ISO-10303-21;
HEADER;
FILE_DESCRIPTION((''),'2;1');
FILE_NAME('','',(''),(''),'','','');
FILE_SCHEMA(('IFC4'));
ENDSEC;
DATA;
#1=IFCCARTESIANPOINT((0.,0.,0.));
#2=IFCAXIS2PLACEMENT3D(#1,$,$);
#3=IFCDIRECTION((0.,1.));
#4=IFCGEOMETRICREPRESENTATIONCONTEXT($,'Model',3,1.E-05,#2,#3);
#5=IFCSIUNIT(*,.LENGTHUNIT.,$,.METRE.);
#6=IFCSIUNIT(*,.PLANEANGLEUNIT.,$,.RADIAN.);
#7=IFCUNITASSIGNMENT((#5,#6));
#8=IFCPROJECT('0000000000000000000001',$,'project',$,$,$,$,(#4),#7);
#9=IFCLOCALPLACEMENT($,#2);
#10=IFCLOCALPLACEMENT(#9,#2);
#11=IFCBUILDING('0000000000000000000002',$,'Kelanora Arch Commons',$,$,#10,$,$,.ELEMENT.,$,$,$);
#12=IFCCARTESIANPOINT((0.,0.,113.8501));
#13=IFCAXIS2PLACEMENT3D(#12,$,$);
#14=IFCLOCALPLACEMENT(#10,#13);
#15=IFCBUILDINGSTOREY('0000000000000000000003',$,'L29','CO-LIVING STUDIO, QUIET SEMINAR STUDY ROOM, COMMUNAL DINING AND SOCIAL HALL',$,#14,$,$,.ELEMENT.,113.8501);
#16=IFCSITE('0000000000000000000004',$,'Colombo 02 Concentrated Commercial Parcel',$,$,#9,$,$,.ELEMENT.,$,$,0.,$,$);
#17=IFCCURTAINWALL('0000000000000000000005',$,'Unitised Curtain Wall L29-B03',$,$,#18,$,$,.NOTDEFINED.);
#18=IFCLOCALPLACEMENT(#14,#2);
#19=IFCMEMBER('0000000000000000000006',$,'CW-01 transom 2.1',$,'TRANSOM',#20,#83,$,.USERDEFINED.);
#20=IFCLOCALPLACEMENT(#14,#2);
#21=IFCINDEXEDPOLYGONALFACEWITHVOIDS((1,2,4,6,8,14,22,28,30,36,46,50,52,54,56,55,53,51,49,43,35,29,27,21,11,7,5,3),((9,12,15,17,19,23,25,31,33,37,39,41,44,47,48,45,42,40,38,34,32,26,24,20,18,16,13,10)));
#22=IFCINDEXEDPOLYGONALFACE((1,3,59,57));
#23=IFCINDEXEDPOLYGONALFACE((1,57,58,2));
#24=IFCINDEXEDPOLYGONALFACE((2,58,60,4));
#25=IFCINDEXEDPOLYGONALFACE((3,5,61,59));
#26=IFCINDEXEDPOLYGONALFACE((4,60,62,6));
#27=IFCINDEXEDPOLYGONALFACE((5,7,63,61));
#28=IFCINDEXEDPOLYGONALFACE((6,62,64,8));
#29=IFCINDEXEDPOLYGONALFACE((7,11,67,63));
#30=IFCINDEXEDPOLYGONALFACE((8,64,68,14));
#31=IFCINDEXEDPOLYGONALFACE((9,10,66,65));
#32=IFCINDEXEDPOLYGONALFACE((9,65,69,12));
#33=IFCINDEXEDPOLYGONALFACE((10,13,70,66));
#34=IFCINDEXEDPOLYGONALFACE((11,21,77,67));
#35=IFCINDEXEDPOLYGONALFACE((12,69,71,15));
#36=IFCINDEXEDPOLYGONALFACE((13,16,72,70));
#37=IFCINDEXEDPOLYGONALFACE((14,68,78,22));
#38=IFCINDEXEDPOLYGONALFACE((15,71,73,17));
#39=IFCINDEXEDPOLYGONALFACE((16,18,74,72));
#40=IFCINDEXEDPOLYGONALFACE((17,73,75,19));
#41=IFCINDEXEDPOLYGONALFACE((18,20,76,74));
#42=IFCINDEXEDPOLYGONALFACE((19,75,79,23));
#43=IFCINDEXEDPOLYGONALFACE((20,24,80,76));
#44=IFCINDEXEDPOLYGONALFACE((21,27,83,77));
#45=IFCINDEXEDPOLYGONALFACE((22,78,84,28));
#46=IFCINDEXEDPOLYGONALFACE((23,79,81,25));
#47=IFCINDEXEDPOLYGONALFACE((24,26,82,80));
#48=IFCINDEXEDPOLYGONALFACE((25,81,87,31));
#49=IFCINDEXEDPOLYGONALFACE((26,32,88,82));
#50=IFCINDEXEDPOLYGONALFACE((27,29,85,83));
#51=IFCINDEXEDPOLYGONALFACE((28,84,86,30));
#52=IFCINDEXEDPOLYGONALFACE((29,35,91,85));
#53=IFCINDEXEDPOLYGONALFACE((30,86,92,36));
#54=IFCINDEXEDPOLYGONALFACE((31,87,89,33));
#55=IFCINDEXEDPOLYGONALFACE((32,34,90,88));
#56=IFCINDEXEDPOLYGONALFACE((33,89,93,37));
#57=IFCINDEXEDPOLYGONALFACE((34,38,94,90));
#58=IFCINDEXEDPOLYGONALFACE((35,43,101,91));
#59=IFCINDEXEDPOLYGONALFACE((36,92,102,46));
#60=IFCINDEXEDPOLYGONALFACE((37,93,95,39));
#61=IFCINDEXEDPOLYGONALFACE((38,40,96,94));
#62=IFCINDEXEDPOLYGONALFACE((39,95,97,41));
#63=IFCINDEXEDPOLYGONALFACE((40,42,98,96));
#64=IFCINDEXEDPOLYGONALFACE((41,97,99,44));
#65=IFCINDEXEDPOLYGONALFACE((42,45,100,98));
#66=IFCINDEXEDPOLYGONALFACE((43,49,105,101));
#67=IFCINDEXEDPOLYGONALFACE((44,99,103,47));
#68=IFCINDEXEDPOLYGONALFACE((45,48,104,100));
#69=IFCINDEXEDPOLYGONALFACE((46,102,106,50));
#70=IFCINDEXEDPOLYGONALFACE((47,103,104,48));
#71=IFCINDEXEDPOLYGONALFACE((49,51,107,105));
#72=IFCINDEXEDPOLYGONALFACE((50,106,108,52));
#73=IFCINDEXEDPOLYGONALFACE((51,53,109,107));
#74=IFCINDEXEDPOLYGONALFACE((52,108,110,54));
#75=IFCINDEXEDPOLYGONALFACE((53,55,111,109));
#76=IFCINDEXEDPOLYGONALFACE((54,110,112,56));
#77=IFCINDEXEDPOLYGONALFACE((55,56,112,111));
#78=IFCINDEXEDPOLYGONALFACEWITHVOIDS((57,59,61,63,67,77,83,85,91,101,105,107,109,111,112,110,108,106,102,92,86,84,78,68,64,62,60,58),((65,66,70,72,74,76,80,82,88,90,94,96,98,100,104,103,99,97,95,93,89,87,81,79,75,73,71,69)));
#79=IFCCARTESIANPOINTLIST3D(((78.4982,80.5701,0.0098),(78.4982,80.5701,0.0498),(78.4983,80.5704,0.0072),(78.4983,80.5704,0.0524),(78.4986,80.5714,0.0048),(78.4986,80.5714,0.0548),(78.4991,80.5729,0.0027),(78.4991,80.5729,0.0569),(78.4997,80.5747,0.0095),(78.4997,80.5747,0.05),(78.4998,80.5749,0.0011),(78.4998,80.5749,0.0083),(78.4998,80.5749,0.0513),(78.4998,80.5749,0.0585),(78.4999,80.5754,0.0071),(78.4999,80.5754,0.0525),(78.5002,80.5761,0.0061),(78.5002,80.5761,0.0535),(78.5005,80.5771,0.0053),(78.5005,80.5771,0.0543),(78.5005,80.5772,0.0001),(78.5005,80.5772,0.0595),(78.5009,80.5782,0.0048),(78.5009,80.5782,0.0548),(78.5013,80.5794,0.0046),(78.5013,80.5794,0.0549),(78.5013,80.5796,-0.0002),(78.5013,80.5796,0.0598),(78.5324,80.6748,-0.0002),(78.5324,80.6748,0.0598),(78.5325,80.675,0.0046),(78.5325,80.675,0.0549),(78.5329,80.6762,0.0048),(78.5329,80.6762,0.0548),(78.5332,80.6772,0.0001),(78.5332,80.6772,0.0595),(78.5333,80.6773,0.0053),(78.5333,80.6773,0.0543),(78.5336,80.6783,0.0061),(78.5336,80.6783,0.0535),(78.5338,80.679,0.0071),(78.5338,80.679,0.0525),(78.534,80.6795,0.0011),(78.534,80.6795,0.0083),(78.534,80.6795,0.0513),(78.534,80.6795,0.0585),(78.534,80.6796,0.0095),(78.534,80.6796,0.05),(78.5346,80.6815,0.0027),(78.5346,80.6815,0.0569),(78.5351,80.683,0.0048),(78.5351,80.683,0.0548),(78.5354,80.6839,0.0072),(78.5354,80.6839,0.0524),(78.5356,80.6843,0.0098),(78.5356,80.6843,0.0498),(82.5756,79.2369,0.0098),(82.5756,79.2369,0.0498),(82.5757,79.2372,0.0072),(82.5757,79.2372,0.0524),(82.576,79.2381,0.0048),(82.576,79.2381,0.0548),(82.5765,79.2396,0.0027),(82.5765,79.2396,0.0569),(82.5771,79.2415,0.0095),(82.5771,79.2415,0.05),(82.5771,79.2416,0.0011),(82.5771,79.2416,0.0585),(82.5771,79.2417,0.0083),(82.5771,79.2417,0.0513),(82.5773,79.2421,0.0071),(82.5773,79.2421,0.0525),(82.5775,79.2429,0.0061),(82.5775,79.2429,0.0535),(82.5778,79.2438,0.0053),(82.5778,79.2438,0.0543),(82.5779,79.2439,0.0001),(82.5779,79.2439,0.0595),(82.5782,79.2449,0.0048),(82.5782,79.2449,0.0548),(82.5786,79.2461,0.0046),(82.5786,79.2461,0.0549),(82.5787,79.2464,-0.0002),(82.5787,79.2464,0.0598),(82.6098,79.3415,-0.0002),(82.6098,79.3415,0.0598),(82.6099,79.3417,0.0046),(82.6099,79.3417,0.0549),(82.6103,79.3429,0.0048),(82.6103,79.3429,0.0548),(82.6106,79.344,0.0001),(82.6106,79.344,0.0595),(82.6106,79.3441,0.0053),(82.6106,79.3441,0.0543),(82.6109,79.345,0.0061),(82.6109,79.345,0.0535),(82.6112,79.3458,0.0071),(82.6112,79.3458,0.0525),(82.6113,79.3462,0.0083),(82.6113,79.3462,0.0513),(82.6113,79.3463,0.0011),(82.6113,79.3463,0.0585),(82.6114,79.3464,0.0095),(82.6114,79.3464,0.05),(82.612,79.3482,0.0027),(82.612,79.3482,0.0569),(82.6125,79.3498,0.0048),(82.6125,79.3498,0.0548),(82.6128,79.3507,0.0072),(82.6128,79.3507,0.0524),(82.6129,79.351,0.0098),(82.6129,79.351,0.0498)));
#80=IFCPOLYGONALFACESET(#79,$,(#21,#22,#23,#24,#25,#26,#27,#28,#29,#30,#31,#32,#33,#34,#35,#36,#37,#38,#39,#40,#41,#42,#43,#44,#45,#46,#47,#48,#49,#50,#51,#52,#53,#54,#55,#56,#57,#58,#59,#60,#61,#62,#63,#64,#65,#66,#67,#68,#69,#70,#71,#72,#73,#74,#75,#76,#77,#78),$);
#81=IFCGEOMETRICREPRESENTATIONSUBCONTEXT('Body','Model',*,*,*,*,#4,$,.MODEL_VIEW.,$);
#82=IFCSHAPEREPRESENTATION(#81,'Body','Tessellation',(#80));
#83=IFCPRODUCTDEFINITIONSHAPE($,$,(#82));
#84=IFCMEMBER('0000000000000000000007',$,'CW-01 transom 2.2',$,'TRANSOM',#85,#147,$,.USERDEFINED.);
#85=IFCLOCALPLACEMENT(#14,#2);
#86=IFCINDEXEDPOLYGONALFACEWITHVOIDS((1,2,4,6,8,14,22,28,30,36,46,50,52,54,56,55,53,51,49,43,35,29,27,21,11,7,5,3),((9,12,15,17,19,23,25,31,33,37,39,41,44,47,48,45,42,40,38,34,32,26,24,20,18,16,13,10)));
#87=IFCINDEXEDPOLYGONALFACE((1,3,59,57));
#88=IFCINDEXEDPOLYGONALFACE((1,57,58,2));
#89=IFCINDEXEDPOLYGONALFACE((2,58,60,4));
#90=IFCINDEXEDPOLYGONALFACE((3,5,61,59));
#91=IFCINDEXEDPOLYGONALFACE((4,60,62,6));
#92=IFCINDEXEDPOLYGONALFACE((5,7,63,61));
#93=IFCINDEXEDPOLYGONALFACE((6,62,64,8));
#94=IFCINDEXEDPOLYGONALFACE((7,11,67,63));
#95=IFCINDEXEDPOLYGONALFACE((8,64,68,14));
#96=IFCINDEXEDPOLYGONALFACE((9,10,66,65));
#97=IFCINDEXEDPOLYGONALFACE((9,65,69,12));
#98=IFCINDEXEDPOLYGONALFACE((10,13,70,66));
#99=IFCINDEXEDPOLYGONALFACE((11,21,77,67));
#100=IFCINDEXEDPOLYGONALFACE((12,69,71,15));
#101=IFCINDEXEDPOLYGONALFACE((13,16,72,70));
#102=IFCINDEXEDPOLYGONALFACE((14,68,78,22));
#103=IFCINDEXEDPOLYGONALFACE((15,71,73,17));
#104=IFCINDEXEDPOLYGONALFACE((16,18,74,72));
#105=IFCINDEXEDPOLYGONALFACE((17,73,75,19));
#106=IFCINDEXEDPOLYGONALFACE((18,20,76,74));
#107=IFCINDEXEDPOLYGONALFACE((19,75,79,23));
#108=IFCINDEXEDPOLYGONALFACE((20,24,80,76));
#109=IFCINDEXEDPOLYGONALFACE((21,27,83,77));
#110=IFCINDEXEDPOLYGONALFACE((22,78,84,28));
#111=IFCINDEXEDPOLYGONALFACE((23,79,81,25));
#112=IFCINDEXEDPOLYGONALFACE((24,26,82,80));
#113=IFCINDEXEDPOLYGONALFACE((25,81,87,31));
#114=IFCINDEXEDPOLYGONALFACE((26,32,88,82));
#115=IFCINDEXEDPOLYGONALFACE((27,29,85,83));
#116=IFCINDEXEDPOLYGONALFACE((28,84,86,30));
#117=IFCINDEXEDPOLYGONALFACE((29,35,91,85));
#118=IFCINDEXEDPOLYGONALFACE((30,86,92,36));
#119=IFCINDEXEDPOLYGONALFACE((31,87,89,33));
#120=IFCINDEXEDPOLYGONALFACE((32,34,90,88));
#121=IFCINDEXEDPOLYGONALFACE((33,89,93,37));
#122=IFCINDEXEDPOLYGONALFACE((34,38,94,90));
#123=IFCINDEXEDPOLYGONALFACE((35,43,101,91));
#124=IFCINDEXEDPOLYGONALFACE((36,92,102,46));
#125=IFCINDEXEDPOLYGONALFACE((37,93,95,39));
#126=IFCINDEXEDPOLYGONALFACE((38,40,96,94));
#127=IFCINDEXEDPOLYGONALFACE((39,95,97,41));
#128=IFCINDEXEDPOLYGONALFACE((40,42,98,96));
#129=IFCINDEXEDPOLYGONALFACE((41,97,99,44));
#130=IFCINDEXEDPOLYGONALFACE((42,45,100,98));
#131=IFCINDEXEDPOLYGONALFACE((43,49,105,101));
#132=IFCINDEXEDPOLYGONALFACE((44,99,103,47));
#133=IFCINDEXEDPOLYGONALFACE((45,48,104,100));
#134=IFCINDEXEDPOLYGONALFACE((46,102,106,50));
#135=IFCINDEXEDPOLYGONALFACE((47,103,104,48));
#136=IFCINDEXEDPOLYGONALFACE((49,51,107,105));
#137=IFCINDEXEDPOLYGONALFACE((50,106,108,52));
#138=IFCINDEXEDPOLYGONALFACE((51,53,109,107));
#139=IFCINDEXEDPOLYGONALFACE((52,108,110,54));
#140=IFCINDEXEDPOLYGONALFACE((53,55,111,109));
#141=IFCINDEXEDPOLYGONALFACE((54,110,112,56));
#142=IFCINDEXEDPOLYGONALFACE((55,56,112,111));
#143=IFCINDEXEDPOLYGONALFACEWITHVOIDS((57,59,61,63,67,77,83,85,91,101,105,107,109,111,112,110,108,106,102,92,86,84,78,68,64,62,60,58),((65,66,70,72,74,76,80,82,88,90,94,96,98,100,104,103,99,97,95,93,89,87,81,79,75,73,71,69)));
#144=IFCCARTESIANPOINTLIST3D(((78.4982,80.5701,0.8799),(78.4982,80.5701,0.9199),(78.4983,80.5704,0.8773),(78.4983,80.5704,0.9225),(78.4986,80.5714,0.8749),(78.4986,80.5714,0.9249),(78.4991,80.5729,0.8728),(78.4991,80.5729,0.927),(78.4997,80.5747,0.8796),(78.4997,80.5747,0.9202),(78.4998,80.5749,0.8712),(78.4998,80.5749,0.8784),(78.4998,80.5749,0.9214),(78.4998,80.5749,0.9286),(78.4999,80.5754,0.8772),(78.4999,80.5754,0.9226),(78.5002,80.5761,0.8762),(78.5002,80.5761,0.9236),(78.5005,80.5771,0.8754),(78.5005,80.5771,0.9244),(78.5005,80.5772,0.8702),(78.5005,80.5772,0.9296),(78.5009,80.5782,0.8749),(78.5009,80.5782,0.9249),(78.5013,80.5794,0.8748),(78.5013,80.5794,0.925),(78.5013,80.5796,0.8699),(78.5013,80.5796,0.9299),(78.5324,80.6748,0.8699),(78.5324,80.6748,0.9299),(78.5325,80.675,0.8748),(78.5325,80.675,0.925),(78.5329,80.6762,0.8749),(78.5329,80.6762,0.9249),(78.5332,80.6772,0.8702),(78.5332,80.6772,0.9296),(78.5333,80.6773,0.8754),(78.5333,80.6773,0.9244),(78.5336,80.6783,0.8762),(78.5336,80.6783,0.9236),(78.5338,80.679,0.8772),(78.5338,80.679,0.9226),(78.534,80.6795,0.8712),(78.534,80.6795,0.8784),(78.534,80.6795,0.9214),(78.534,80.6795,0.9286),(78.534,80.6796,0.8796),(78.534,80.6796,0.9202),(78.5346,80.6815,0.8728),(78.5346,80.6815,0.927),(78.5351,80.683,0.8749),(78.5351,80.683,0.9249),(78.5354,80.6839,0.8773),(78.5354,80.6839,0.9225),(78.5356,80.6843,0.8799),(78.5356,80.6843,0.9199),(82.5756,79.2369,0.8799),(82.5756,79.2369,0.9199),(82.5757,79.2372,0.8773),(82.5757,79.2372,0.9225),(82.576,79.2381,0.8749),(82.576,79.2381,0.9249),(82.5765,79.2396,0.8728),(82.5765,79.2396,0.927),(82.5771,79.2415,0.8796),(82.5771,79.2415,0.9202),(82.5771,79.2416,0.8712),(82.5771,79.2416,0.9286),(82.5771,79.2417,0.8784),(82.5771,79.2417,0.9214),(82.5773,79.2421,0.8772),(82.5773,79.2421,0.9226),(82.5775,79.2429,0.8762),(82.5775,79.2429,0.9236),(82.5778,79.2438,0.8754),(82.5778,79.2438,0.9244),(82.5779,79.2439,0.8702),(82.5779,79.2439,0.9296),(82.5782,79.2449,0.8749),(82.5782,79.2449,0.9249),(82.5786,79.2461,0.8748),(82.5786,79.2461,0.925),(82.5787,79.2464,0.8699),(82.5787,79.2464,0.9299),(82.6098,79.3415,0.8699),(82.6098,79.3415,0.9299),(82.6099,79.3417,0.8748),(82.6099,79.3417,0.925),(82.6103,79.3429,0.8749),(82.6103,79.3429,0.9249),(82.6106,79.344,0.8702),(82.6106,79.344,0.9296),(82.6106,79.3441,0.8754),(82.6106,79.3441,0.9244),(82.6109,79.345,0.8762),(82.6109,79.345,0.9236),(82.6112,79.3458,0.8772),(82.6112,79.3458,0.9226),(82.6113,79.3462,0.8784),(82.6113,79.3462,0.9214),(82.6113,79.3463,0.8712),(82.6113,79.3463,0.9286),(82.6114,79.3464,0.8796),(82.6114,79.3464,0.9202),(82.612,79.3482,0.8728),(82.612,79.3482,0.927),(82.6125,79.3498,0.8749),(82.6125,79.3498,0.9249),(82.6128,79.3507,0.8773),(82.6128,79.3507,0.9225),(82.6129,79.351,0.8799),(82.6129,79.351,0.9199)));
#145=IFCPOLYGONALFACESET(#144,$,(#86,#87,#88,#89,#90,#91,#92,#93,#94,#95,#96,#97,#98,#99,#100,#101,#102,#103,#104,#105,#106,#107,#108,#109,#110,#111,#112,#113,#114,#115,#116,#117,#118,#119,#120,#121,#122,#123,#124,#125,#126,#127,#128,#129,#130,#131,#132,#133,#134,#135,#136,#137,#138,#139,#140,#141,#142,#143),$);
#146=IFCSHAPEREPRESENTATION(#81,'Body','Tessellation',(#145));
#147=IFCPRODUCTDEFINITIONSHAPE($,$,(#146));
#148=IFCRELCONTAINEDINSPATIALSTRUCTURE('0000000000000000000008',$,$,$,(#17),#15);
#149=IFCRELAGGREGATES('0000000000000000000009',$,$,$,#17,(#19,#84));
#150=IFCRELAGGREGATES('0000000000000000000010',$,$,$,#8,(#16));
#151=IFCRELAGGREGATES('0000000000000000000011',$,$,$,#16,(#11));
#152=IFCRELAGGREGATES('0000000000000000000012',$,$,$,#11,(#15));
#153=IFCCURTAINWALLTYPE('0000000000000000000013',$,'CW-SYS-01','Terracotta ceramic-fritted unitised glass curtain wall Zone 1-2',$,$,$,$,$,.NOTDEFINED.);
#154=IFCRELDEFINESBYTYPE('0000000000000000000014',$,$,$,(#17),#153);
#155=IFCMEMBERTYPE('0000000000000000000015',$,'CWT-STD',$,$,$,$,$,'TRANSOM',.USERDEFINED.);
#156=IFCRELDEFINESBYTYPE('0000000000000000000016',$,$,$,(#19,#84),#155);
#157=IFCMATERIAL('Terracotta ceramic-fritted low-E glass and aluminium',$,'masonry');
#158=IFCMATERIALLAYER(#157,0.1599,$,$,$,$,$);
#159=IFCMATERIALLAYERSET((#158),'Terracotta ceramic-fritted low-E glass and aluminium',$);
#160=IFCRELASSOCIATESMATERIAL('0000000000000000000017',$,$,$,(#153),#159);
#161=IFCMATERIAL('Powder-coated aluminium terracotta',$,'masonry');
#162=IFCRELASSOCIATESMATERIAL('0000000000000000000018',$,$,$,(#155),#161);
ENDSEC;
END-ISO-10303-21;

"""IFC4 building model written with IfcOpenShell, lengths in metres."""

from ifc_helpers import new_model, si_unit, direction, frame, origin, origin_2d, place, context, subcontext, project, spatial, hollow_rectangle, extrude, material, layer, layer_set, material_profile, profile_set, type_object, element, aggregate, save


model = new_model("IFC4")

# Units and contexts
model_context = context("Model", 3, precision=1e-05, world=origin(), true_north=direction((0.0, 1.0)))
body_context = subcontext(model_context, "Body", "Model", "MODEL_VIEW")
ifc_project = project(units=[si_unit("LENGTHUNIT", "METRE"), si_unit("PLANEANGLEUNIT", "RADIAN")], contexts=[model_context])

# Site, building, storey
site_placement = place(None, origin())
site = spatial("IfcSite", under=ifc_project, at=site_placement, Name="Colombo 02 Concentrated Commercial Parcel", CompositionType="ELEMENT", RefElevation=0.0)
building_placement = place(site_placement, origin())
building = spatial("IfcBuilding", under=site, at=building_placement, Name="Kelanora Arch Commons", CompositionType="ELEMENT")
storey_placement = place(building_placement, frame((0.0, 0.0, 113.8501)))
storey = spatial("IfcBuildingStorey", under=building, at=storey_placement, Name="L29", Description="CO-LIVING STUDIO, QUIET SEMINAR STUDY ROOM, COMMUNAL DINING AND SOCIAL HALL", CompositionType="ELEMENT", Elevation=113.8501)

# Curtain wall, members
ifc_material_1 = material(Name="Terracotta ceramic-fritted low-E glass and aluminium", Category="masonry")
ifc_layer_1 = layer(ifc_material_1, 0.1599)
ifc_layer_set_1 = layer_set([ifc_layer_1], Name="Terracotta ceramic-fritted low-E glass and aluminium")
curtain_wall_type = type_object("IfcCurtainWallType", Name="CW-SYS-01", Description="Terracotta ceramic-fritted unitised glass curtain wall Zone 1-2", PredefinedType="NOTDEFINED", material=ifc_layer_set_1)
curtain_wall_placement = place(storey_placement, origin())
curtain_wall = element("IfcCurtainWall", 1, at=curtain_wall_placement, inside=storey, type_object=curtain_wall_type, Name="Unitised Curtain Wall L29-B03", PredefinedType="NOTDEFINED")
ifc_material_2 = material(Name="Powder-coated aluminium terracotta", Category="masonry")
ifc_material_profile_1 = material_profile(ifc_material_2, hollow_rectangle(XDim=0.1201, YDim=0.0601, WallThickness=0.0049, InnerFilletRadius=0.0049, OuterFilletRadius=0.01, at=origin_2d()), Name="CWT120x60")
ifc_profile_set_1 = profile_set([ifc_material_profile_1], Name="Powder-coated aluminium terracotta")
member_type_1 = type_object("IfcMemberType", Name="CWT-STD", ElementType="TRANSOM", PredefinedType="USERDEFINED", material=ifc_profile_set_1)
member_1_placement = place(storey_placement, frame((82.5942, 79.2939, 0.0298), z_axis=(-0.950478, 0.310793, 0.0), x_axis=(-0.310793, -0.950478, 0.0)))
member_1 = element("IfcMember", 2, at=member_1_placement, type_object=member_type_1, Name="CW-01 transom 2.1", ObjectType="TRANSOM", PredefinedType="USERDEFINED", context=body_context, shape_type="SweptSolid", body=[
    extrude(hollow_rectangle(XDim=0.1201, YDim=0.0601, WallThickness=0.0049, InnerFilletRadius=0.0049, OuterFilletRadius=0.01, at=origin_2d()), origin(), (0.0, 0.0, 1.0), 4.2898),
])
member_2_placement = place(storey_placement, frame((82.5942, 79.2939, 0.8999), z_axis=(-0.950478, 0.310793, 0.0), x_axis=(-0.310793, -0.950478, 0.0)))
member_2 = element("IfcMember", 3, at=member_2_placement, type_object=member_type_1, Name="CW-01 transom 2.2", ObjectType="TRANSOM", PredefinedType="USERDEFINED", context=body_context, shape_type="SweptSolid", body=[
    extrude(hollow_rectangle(XDim=0.1201, YDim=0.0601, WallThickness=0.0049, InnerFilletRadius=0.0049, OuterFilletRadius=0.01, at=origin_2d()), origin(), (0.0, 0.0, 1.0), 4.2898),
])
aggregate(curtain_wall, [member_1, member_2])

save(model, "model.ifc")
